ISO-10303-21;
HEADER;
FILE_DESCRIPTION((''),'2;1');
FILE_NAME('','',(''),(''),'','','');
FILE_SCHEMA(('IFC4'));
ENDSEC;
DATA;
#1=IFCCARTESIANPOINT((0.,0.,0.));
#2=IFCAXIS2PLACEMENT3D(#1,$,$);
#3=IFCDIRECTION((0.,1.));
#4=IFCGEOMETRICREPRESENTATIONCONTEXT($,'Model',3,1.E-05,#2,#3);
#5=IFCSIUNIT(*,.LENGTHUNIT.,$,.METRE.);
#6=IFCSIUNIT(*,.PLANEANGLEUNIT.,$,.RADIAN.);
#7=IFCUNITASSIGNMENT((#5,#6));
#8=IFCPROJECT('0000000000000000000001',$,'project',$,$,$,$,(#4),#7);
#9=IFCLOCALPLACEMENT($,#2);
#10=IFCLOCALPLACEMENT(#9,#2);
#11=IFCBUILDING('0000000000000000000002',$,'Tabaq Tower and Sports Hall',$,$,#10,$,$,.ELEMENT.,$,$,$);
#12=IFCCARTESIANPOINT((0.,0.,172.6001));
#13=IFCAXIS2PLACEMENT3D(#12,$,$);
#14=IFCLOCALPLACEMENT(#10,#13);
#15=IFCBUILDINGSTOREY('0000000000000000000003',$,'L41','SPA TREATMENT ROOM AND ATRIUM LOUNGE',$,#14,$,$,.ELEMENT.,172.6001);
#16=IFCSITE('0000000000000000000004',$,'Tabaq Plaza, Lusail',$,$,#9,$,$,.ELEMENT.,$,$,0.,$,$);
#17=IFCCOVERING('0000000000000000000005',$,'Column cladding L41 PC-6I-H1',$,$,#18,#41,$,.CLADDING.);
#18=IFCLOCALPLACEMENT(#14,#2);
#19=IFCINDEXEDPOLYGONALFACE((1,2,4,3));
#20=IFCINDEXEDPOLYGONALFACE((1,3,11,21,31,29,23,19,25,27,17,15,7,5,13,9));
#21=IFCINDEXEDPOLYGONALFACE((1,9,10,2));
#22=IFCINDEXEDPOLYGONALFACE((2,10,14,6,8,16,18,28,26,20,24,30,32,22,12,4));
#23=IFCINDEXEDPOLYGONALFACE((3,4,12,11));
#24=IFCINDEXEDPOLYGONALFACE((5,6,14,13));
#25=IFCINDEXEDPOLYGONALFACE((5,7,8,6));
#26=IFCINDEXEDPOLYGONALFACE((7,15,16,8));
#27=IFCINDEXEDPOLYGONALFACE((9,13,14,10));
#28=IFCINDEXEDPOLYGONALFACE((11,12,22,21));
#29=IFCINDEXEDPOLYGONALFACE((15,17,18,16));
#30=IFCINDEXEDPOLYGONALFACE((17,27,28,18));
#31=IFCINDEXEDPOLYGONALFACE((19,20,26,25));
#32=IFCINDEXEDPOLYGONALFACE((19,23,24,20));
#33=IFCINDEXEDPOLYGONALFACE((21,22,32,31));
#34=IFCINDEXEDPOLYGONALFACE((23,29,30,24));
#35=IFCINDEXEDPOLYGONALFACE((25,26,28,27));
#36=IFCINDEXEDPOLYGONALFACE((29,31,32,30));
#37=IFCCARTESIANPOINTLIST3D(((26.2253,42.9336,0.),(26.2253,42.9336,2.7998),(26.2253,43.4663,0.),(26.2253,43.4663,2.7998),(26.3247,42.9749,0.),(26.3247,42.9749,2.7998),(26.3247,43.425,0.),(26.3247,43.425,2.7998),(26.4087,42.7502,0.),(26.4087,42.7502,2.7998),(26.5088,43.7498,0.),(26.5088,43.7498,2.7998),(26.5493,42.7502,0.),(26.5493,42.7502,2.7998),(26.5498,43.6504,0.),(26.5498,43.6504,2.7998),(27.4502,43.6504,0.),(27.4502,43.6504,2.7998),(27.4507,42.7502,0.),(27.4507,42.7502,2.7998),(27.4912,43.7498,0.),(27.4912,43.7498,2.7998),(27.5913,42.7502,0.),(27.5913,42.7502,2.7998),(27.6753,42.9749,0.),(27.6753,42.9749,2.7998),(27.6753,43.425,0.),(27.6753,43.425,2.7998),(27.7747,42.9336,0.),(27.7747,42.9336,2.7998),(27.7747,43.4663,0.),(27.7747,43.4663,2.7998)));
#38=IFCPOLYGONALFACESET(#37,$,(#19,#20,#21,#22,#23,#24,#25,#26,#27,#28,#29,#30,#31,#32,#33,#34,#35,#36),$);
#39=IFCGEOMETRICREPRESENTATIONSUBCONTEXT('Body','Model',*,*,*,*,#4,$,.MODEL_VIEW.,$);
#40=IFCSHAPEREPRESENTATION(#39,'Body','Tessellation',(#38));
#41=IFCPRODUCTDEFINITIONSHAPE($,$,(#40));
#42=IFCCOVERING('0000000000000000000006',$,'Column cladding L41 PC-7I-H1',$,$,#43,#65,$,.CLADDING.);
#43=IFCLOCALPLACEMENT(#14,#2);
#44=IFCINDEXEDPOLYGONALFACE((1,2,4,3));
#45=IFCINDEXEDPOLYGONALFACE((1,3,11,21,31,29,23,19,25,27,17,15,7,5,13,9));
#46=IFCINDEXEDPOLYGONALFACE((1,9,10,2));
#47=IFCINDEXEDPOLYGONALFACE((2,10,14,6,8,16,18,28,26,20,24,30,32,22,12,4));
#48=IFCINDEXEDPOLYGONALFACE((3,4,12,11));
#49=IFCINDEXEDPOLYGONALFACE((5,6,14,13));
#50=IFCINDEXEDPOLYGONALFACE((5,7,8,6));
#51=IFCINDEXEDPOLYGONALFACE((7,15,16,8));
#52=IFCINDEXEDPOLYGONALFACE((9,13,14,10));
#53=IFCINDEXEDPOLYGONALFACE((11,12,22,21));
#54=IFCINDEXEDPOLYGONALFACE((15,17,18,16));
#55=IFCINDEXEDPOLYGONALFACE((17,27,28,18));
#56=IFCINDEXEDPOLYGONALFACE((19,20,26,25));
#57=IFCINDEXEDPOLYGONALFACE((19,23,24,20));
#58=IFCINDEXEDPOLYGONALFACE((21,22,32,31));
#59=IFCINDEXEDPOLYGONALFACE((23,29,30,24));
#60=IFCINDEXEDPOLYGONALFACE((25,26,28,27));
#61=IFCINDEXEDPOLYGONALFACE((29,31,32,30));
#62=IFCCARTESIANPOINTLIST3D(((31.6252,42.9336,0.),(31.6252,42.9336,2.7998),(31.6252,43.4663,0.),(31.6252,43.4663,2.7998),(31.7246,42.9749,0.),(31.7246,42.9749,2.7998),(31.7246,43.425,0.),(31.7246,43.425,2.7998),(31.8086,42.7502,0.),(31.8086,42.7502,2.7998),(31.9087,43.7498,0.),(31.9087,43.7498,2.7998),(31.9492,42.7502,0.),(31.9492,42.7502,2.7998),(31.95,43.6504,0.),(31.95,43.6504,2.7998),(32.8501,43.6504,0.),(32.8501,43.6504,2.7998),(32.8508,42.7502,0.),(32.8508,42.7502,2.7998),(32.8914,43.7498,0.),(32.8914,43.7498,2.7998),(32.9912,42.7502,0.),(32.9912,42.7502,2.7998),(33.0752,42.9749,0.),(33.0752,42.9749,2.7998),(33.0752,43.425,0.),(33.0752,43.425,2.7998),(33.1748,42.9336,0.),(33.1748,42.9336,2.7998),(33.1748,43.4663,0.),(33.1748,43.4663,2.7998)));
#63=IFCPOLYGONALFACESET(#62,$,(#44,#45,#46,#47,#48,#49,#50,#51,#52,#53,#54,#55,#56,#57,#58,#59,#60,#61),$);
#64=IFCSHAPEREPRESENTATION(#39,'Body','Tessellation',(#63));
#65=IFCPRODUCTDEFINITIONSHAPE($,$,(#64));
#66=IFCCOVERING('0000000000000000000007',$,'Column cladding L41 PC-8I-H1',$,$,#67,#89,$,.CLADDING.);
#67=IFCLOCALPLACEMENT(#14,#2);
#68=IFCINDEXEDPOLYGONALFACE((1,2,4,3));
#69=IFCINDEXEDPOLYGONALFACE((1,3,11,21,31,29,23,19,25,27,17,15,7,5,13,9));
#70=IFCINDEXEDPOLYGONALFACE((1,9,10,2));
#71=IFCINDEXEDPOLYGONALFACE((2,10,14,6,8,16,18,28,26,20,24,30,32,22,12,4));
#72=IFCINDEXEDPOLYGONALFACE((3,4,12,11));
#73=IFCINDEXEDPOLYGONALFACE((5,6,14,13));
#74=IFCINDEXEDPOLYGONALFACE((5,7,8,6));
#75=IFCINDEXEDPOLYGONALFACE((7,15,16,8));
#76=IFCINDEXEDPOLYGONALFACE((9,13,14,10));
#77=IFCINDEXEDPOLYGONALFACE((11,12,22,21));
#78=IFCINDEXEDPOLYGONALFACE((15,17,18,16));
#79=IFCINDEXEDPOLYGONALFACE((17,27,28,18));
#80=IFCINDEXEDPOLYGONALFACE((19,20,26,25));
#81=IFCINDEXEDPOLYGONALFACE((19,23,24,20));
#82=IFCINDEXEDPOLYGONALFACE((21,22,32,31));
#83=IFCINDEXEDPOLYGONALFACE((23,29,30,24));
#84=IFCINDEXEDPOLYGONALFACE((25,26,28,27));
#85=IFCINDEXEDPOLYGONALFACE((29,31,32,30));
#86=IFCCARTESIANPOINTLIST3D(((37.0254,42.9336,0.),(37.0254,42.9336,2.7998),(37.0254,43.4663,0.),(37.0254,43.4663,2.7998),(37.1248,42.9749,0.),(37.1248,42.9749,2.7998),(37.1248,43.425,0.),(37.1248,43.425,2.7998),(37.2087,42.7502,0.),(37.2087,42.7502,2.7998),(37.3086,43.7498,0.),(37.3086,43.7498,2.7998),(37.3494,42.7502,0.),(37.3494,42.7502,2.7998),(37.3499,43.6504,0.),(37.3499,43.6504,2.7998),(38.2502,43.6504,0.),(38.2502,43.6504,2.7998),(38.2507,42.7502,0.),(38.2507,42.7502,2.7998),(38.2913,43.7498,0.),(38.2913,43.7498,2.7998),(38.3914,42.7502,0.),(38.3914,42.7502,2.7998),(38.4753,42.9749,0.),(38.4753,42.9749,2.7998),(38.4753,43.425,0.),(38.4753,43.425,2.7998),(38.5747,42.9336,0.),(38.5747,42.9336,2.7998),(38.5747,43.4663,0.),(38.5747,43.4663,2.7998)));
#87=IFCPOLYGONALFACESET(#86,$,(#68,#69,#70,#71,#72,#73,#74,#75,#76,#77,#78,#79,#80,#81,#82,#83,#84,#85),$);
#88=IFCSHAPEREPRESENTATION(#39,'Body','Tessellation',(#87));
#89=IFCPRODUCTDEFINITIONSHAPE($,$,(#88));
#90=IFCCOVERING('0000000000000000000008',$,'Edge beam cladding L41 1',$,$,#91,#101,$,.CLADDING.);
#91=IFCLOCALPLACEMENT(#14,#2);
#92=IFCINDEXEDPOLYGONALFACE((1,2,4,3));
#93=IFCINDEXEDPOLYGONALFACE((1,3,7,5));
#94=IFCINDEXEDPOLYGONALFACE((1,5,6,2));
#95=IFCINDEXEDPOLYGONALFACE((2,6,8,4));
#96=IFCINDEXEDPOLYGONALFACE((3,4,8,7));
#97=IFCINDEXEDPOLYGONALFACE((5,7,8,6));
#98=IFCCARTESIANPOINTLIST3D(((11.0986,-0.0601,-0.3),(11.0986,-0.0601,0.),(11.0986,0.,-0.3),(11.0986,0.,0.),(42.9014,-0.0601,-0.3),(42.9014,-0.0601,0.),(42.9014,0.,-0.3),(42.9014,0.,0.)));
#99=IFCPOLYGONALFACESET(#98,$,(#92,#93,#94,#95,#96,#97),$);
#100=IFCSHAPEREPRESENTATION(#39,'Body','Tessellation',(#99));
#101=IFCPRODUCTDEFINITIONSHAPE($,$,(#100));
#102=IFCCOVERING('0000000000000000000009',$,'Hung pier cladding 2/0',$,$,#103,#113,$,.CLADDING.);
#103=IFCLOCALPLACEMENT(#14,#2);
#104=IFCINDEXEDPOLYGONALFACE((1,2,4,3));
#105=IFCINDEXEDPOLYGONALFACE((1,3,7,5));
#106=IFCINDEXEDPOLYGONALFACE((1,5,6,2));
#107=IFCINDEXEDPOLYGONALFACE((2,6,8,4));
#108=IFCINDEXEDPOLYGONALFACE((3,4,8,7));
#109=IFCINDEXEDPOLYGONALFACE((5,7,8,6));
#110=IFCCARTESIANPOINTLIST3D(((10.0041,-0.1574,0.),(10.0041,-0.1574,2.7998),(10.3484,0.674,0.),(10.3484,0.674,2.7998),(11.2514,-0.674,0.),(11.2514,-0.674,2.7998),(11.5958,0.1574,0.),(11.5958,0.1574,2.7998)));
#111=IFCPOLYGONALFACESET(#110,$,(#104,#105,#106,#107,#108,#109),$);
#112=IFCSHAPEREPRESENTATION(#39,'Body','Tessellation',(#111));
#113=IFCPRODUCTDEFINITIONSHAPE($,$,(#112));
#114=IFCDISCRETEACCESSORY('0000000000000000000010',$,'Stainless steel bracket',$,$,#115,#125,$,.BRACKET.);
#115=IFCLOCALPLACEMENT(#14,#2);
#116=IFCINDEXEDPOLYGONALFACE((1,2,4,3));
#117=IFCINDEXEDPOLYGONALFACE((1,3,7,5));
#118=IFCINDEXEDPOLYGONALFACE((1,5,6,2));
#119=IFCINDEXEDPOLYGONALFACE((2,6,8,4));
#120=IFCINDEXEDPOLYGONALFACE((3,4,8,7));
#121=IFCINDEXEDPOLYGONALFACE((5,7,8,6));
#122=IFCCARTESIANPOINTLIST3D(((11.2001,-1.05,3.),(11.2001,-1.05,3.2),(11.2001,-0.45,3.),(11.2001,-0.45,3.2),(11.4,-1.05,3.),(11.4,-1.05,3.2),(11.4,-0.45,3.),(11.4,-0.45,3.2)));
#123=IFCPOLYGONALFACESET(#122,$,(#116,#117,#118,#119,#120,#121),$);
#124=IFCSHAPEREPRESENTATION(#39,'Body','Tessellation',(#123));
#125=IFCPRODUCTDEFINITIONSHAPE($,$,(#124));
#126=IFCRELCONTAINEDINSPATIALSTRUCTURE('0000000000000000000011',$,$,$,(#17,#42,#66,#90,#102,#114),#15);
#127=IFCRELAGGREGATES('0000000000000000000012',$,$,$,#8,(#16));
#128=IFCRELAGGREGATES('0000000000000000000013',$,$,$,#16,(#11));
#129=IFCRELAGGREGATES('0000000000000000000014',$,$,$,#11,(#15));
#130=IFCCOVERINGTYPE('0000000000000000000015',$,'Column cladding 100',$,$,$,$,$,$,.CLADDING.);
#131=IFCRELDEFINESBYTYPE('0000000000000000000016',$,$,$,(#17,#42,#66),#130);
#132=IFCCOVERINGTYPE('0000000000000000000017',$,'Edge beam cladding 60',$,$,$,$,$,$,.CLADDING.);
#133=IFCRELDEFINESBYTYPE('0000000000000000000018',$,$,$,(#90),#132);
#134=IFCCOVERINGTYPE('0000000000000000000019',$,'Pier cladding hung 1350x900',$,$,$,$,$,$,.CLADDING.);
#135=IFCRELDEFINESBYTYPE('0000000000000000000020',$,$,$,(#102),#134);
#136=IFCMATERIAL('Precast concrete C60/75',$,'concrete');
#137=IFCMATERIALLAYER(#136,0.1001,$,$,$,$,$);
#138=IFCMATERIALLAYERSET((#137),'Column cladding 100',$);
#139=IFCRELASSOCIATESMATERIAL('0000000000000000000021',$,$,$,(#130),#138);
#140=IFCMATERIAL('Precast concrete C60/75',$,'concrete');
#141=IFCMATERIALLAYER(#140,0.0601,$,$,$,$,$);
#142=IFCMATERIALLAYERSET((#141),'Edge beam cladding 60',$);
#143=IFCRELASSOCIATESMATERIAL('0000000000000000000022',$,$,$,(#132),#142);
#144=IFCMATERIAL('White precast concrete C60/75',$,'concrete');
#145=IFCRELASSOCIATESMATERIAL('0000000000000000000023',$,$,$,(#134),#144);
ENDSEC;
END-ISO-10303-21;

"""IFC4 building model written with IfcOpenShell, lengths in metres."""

from ifc_helpers import new_model, si_unit, direction, frame, frame_2d, origin, origin_2d, place, context, subcontext, project, spatial, polyline, rectangle, outline, extrude, material, layer, layer_set, type_object, element, save


model = new_model("IFC4")

# Units and contexts
model_context = context("Model", 3, precision=1e-05, world=origin(), true_north=direction((0.0, 1.0)))
body_context = subcontext(model_context, "Body", "Model", "MODEL_VIEW")
ifc_project = project(units=[si_unit("LENGTHUNIT", "METRE"), si_unit("PLANEANGLEUNIT", "RADIAN")], contexts=[model_context])

# Site, building, storey
site_placement = place(None, origin())
site = spatial("IfcSite", under=ifc_project, at=site_placement, Name="Tabaq Plaza, Lusail", CompositionType="ELEMENT", RefElevation=0.0)
building_placement = place(site_placement, origin())
building = spatial("IfcBuilding", under=site, at=building_placement, Name="Tabaq Tower and Sports Hall", CompositionType="ELEMENT")
storey_placement = place(building_placement, frame((0.0, 0.0, 172.6001)))
storey = spatial("IfcBuildingStorey", under=building, at=storey_placement, Name="L41", Description="SPA TREATMENT ROOM AND ATRIUM LOUNGE", CompositionType="ELEMENT", Elevation=172.6001)

# Coverings
ifc_material_1 = material(Name="Precast concrete C60/75", Category="concrete")
ifc_layer_1 = layer(ifc_material_1, 0.1001)
ifc_layer_set_1 = layer_set([ifc_layer_1], Name="Column cladding 100")
covering_type_1 = type_object("IfcCoveringType", Name="Column cladding 100", PredefinedType="CLADDING", material=ifc_layer_set_1)
covering_1_placement = place(storey_placement, origin())
element("IfcCovering", 1, at=covering_1_placement, inside=storey, type_object=covering_type_1, Name="Column cladding L41 PC-6I-H1", PredefinedType="CLADDING", context=body_context, shape_type="SweptSolid", body=[
    extrude(outline(polyline([(26.2253, 43.4663), (26.5088, 43.7498), (27.4912, 43.7498), (27.7747, 43.4663), (27.7747, 42.9336), (27.5913, 42.7502), (27.4507, 42.7502), (27.6753, 42.9749), (27.6753, 43.425), (27.4502, 43.6504), (26.5498, 43.6504), (26.3247, 43.425), (26.3247, 42.9749), (26.5493, 42.7502), (26.4087, 42.7502), (26.2253, 42.9336), (26.2253, 43.4663)])), origin(), (0.0, 0.0, 1.0), 2.7998),
])
covering_2_placement = place(storey_placement, origin())
element("IfcCovering", 2, at=covering_2_placement, inside=storey, type_object=covering_type_1, Name="Column cladding L41 PC-7I-H1", PredefinedType="CLADDING", context=body_context, shape_type="SweptSolid", body=[
    extrude(outline(polyline([(31.6252, 43.4663), (31.9087, 43.7498), (32.8914, 43.7498), (33.1748, 43.4663), (33.1748, 42.9336), (32.9912, 42.7502), (32.8508, 42.7502), (33.0752, 42.9749), (33.0752, 43.425), (32.8501, 43.6504), (31.95, 43.6504), (31.7246, 43.425), (31.7246, 42.9749), (31.9492, 42.7502), (31.8086, 42.7502), (31.6252, 42.9336), (31.6252, 43.4663)])), origin(), (0.0, 0.0, 1.0), 2.7998),
])
covering_3_placement = place(storey_placement, origin())
element("IfcCovering", 3, at=covering_3_placement, inside=storey, type_object=covering_type_1, Name="Column cladding L41 PC-8I-H1", PredefinedType="CLADDING", context=body_context, shape_type="SweptSolid", body=[
    extrude(outline(polyline([(37.0254, 43.4663), (37.3086, 43.7498), (38.2913, 43.7498), (38.5747, 43.4663), (38.5747, 42.9336), (38.3914, 42.7502), (38.2507, 42.7502), (38.4753, 42.9749), (38.4753, 43.425), (38.2502, 43.6504), (37.3499, 43.6504), (37.1248, 43.425), (37.1248, 42.9749), (37.3494, 42.7502), (37.2087, 42.7502), (37.0254, 42.9336), (37.0254, 43.4663)])), origin(), (0.0, 0.0, 1.0), 2.7998),
])
ifc_material_2 = material(Name="Precast concrete C60/75", Category="concrete")
ifc_layer_2 = layer(ifc_material_2, 0.0601)
ifc_layer_set_2 = layer_set([ifc_layer_2], Name="Edge beam cladding 60")
covering_type_2 = type_object("IfcCoveringType", Name="Edge beam cladding 60", PredefinedType="CLADDING", material=ifc_layer_set_2)
covering_4_placement = place(storey_placement, frame((11.0986, -0.03, -0.3), z_axis=(0.0, 0.0, 1.0), x_axis=(1.0, 0.0, 0.0)))
element("IfcCovering", 4, at=covering_4_placement, inside=storey, type_object=covering_type_2, Name="Edge beam cladding L41 1", PredefinedType="CLADDING", context=body_context, shape_type="SweptSolid", body=[
    extrude(rectangle(XDim=31.8027, YDim=0.0601, at=frame_2d((15.9014, 0.0))), origin(), (0.0, 0.0, 1.0), 0.3),
])
ifc_material_3 = material(Name="White precast concrete C60/75", Category="concrete")
covering_type_3 = type_object("IfcCoveringType", Name="Pier cladding hung 1350x900", PredefinedType="CLADDING", material=ifc_material_3)
covering_5_placement = place(storey_placement, frame((10.1763, 0.2583, 0.0), z_axis=(0.0, 0.0, 1.0), x_axis=(0.923893, -0.38265, 0.0)))
element("IfcCovering", 5, at=covering_5_placement, inside=storey, type_object=covering_type_3, Name="Hung pier cladding 2/0", PredefinedType="CLADDING", context=body_context, shape_type="SweptSolid", body=[
    extrude(rectangle(XDim=1.3501, YDim=0.8999, at=frame_2d((0.675, 0.0))), origin(), (0.0, 0.0, 1.0), 2.7998),
])

# Discrete accessory
discrete_accessory_placement = place(storey_placement, frame((11.3, -0.75, 3.0), z_axis=(0.0, 0.0, 1.0), x_axis=(0.0, -1.0, 0.0)))
element("IfcDiscreteAccessory", 6, at=discrete_accessory_placement, inside=storey, Name="Stainless steel bracket", PredefinedType="BRACKET", context=body_context, shape_type="SweptSolid", body=[
    extrude(rectangle(XDim=0.6001, YDim=0.2, at=origin_2d()), origin(), (0.0, 0.0, 1.0), 0.2),
])

save(model, "model.ifc")
